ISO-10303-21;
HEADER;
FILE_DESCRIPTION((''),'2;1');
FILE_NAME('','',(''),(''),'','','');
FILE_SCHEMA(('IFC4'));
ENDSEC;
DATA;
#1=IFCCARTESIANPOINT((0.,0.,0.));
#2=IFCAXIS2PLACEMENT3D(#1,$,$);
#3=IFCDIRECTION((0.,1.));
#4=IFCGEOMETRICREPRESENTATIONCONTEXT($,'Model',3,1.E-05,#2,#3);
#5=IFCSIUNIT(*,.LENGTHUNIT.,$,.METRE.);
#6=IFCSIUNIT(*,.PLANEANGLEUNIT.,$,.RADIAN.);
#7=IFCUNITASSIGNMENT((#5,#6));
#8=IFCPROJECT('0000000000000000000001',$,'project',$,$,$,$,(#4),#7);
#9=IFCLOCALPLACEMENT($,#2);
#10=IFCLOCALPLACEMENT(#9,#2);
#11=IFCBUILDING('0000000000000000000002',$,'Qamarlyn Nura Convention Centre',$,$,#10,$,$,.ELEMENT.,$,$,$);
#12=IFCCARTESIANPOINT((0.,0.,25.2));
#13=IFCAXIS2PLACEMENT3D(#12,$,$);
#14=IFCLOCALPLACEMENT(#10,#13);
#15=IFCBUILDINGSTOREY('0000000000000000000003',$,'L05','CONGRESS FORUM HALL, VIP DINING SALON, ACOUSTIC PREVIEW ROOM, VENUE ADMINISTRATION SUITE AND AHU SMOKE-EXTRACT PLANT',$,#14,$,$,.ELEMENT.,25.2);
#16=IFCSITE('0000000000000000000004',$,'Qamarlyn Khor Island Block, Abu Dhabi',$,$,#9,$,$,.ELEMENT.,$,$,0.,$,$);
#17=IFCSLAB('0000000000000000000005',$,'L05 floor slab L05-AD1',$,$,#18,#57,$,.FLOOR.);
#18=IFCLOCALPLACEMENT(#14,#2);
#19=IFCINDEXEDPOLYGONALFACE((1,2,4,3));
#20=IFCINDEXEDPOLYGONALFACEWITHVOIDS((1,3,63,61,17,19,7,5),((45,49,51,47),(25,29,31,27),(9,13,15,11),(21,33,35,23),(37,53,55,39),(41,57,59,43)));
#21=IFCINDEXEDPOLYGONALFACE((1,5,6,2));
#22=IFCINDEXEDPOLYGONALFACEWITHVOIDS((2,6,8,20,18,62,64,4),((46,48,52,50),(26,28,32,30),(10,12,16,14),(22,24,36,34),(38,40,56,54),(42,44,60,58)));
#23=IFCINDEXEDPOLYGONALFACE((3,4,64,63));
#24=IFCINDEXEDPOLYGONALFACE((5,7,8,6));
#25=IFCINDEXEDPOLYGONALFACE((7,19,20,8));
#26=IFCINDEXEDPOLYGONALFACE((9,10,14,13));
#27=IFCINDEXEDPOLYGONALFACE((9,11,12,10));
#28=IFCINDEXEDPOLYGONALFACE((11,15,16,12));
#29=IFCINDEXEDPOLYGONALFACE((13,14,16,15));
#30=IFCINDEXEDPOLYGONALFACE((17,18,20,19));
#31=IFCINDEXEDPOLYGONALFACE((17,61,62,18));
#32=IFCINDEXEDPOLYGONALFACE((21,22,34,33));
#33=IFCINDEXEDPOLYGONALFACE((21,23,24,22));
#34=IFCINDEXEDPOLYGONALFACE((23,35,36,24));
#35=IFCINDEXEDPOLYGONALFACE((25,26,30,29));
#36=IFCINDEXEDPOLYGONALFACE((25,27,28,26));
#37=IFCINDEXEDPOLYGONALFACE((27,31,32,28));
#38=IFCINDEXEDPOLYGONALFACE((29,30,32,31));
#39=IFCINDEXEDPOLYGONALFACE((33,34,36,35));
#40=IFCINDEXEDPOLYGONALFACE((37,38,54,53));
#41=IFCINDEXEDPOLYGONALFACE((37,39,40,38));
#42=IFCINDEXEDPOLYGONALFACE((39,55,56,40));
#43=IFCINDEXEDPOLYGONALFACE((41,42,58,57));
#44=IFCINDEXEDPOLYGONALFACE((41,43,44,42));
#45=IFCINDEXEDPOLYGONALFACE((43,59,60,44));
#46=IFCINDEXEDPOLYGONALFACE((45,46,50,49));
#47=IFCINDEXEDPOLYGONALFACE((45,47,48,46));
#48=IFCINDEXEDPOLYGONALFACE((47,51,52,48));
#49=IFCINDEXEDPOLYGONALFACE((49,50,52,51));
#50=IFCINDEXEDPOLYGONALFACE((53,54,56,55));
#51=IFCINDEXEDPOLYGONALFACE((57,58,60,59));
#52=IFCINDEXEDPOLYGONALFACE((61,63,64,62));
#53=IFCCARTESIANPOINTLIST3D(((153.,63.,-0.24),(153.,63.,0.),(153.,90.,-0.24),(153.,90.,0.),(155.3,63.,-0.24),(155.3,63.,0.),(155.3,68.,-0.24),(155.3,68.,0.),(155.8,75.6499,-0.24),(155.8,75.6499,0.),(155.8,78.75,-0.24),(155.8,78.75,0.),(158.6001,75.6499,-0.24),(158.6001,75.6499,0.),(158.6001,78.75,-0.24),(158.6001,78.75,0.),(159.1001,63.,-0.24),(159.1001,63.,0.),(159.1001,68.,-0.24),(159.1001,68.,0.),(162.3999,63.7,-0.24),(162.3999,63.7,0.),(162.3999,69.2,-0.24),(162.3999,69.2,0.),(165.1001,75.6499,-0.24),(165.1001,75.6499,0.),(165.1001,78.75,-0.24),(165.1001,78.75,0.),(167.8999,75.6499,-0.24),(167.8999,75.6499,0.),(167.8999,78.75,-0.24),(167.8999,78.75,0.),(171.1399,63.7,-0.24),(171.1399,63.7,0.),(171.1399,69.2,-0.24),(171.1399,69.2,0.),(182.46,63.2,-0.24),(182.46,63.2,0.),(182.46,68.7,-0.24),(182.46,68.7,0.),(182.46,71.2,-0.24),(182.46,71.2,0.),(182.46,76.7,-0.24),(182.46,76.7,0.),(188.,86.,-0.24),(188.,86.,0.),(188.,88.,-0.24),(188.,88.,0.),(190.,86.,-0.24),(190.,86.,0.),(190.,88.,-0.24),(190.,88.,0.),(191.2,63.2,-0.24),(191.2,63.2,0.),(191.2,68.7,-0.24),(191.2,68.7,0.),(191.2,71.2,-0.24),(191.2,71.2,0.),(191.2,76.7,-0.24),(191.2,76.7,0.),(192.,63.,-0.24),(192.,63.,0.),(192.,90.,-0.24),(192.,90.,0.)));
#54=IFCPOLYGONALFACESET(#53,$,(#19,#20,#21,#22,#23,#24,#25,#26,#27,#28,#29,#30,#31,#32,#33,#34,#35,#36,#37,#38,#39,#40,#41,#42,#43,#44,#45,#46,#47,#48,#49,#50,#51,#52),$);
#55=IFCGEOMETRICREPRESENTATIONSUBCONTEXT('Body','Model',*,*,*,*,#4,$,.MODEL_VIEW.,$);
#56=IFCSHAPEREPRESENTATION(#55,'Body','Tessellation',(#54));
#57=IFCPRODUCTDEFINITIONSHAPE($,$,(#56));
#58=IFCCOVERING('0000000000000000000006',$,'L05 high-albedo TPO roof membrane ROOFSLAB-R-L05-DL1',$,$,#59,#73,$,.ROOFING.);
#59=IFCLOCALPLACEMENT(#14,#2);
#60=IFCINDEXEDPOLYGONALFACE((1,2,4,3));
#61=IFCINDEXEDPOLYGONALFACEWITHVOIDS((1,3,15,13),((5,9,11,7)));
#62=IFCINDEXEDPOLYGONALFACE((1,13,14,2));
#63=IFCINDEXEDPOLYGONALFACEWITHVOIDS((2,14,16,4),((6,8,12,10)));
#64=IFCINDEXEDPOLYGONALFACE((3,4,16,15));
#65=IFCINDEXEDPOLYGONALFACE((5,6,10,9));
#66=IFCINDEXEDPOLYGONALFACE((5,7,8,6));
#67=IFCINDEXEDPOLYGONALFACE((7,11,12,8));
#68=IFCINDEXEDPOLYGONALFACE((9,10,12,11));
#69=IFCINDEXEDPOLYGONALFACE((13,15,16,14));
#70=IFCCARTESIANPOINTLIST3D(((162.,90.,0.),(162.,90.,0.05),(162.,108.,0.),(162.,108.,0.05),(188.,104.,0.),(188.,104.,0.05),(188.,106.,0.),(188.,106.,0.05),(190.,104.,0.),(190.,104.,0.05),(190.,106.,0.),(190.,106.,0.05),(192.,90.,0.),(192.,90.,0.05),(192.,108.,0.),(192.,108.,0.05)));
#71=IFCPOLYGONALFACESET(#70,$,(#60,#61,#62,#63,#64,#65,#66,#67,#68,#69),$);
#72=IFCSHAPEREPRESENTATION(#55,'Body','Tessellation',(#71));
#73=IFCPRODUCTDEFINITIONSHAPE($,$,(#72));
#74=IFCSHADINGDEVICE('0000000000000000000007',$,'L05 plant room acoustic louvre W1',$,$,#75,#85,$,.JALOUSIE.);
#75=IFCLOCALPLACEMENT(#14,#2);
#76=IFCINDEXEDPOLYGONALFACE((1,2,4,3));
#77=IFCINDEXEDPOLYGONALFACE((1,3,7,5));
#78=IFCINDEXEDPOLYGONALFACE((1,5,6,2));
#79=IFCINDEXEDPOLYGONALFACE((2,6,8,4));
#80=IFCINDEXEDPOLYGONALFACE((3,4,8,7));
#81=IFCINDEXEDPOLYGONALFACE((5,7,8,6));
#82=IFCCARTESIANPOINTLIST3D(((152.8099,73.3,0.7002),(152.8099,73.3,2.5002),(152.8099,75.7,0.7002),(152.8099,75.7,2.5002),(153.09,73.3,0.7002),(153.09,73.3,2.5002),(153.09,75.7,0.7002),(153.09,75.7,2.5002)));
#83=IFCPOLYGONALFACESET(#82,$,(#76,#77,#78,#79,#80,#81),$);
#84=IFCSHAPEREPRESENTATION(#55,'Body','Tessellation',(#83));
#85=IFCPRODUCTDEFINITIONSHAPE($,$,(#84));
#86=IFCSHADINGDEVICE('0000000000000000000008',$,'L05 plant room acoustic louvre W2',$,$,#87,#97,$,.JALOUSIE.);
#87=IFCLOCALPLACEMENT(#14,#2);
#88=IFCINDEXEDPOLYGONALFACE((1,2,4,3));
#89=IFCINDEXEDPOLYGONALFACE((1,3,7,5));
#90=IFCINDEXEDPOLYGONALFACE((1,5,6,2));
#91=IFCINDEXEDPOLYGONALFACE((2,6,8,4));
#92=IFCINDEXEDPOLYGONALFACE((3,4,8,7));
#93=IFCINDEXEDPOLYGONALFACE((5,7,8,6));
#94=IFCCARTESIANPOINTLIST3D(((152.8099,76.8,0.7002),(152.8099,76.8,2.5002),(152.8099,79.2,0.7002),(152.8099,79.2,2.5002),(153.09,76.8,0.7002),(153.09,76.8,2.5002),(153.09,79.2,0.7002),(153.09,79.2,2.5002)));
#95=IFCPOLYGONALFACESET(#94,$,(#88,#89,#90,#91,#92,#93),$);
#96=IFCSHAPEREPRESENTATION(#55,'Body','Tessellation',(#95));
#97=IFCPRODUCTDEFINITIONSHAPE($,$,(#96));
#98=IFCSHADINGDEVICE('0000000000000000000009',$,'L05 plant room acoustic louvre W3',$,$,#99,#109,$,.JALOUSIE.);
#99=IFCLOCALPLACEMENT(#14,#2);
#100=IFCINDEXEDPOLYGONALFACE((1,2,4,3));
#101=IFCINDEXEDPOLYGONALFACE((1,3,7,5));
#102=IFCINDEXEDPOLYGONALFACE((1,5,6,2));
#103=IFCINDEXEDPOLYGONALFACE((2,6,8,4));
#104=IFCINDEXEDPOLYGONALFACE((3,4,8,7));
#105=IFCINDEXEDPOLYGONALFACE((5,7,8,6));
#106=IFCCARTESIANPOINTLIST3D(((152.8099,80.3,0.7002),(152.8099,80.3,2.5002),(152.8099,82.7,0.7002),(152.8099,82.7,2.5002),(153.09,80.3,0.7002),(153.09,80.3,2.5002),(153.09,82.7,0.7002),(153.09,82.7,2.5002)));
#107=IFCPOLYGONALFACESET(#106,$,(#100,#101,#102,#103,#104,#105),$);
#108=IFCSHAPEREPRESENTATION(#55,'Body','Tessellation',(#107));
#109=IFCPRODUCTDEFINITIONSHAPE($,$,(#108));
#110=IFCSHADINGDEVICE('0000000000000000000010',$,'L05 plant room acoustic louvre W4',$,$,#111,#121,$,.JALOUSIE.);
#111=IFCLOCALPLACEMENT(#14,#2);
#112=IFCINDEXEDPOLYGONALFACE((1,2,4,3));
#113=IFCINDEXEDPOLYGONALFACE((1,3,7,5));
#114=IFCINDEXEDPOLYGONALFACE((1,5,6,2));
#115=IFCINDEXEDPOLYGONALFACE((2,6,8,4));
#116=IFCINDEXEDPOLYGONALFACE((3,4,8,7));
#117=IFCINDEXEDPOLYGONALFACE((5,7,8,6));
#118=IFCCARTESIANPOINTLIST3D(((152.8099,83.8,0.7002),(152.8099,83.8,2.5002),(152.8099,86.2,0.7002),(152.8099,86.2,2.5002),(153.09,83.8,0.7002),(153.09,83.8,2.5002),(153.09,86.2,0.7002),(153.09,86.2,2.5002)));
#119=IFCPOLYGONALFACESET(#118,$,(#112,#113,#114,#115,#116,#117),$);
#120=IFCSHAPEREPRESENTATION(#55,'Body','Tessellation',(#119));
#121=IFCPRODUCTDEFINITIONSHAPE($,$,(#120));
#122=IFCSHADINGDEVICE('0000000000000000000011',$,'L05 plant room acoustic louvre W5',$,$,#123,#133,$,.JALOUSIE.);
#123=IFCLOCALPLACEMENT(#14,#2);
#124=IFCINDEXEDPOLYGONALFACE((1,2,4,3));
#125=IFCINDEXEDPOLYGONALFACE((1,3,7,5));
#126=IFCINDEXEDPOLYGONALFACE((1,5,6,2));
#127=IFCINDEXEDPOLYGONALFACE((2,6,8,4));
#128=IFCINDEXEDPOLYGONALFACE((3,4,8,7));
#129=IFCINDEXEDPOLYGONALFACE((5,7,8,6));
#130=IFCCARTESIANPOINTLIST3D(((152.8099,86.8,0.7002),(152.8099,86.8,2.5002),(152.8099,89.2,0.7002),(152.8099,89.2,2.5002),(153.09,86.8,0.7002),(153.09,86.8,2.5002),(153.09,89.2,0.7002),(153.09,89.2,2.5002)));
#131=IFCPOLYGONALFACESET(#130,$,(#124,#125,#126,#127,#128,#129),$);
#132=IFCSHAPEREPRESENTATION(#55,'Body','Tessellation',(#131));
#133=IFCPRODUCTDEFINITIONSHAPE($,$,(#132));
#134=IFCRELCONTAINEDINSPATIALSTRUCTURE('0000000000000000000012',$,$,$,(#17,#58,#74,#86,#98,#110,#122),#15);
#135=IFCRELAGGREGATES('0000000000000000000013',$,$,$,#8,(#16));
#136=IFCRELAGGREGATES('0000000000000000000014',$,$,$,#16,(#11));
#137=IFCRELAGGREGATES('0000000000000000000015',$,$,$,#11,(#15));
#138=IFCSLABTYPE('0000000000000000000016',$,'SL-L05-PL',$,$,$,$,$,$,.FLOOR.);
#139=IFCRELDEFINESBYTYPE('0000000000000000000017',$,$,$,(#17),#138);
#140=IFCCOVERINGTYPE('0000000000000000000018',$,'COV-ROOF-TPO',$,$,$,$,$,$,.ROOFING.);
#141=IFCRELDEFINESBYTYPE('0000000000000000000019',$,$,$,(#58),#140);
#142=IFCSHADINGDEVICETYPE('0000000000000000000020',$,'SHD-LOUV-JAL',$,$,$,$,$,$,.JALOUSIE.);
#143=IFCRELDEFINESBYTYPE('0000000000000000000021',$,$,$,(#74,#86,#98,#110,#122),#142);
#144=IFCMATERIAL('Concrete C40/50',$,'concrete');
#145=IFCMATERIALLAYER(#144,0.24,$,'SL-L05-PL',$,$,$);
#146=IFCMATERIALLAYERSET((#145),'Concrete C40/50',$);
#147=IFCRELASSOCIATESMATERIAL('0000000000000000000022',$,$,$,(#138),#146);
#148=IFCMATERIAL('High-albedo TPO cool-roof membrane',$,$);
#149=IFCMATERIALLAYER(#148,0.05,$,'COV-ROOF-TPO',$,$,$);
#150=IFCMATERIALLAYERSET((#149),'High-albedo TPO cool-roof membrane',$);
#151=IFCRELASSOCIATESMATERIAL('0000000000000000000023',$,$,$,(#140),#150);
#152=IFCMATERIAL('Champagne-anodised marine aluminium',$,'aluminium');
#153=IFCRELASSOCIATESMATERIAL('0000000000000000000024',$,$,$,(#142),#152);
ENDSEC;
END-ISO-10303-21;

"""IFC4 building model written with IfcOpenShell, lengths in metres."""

from ifc_helpers import new_model, si_unit, direction, frame, origin, origin_2d, place, context, subcontext, project, spatial, polyline, rectangle, outline, extrude, material, layer, layer_set, type_object, element, save


model = new_model("IFC4")

# Units and contexts
model_context = context("Model", 3, precision=1e-05, world=origin(), true_north=direction((0.0, 1.0)))
body_context = subcontext(model_context, "Body", "Model", "MODEL_VIEW")
ifc_project = project(units=[si_unit("LENGTHUNIT", "METRE"), si_unit("PLANEANGLEUNIT", "RADIAN")], contexts=[model_context])

# Site, building, storey
site_placement = place(None, origin())
site = spatial("IfcSite", under=ifc_project, at=site_placement, Name="Qamarlyn Khor Island Block, Abu Dhabi", CompositionType="ELEMENT", RefElevation=0.0)
building_placement = place(site_placement, origin())
building = spatial("IfcBuilding", under=site, at=building_placement, Name="Qamarlyn Nura Convention Centre", CompositionType="ELEMENT")
storey_placement = place(building_placement, frame((0.0, 0.0, 25.2)))
storey = spatial("IfcBuildingStorey", under=building, at=storey_placement, Name="L05", Description="CONGRESS FORUM HALL, VIP DINING SALON, ACOUSTIC PREVIEW ROOM, VENUE ADMINISTRATION SUITE AND AHU SMOKE-EXTRACT PLANT", CompositionType="ELEMENT", Elevation=25.2)

# Shared definitions
ifc_material_1 = material(Name="Concrete C40/50", Category="concrete")

# Slab
ifc_layer_1 = layer(ifc_material_1, 0.24, Name="SL-L05-PL")
ifc_layer_set_1 = layer_set([ifc_layer_1], Name="Concrete C40/50")
slab_type_1 = type_object("IfcSlabType", Name="SL-L05-PL", PredefinedType="FLOOR", material=ifc_layer_set_1)
slab_1_placement = place(storey_placement, frame((0.0, 0.0, -0.24)))
element("IfcSlab", 1, at=slab_1_placement, inside=storey, type_object=slab_type_1, Name="L05 floor slab L05-AD1", PredefinedType="FLOOR", context=body_context, shape_type="SweptSolid", body=[
    extrude(outline(polyline([(153.0, 90.0), (192.0, 90.0), (192.0, 63.0), (159.1001, 63.0), (159.1001, 68.0), (155.3, 68.0), (155.3, 63.0), (153.0, 63.0), (153.0, 90.0)]), holes=[polyline([(188.0, 88.0), (188.0, 86.0), (190.0, 86.0), (190.0, 88.0), (188.0, 88.0)]), polyline([(162.3999, 69.2), (162.3999, 63.7), (171.1399, 63.7), (171.1399, 69.2), (162.3999, 69.2)]), polyline([(158.6001, 78.75), (155.8, 78.75), (155.8, 75.6499), (158.6001, 75.6499), (158.6001, 78.75)]), polyline([(167.8999, 78.75), (165.1001, 78.75), (165.1001, 75.6499), (167.8999, 75.6499), (167.8999, 78.75)]), polyline([(191.2, 63.2), (191.2, 68.7), (182.46, 68.7), (182.46, 63.2), (191.2, 63.2)]), polyline([(191.2, 71.2), (191.2, 76.7), (182.46, 76.7), (182.46, 71.2), (191.2, 71.2)])]), origin(), (0.0, 0.0, 1.0), 0.24),
])

# Covering
ifc_material_2 = material(Name="High-albedo TPO cool-roof membrane")
ifc_layer_2 = layer(ifc_material_2, 0.05, Name="COV-ROOF-TPO")
ifc_layer_set_2 = layer_set([ifc_layer_2], Name="High-albedo TPO cool-roof membrane")
covering_type = type_object("IfcCoveringType", Name="COV-ROOF-TPO", PredefinedType="ROOFING", material=ifc_layer_set_2)
covering_placement = place(storey_placement, origin())
element("IfcCovering", 2, at=covering_placement, inside=storey, type_object=covering_type, Name="L05 high-albedo TPO roof membrane ROOFSLAB-R-L05-DL1", PredefinedType="ROOFING", context=body_context, shape_type="SweptSolid", body=[
    extrude(outline(polyline([(162.0, 90.0), (162.0, 108.0), (192.0, 108.0), (192.0, 90.0), (162.0, 90.0)]), holes=[polyline([(190.0, 106.0), (188.0, 106.0), (188.0, 104.0), (190.0, 104.0), (190.0, 106.0)])]), origin(), (0.0, 0.0, 1.0), 0.05),
])

# Shading devices
ifc_material_3 = material(Name="Champagne-anodised marine aluminium", Category="aluminium")
shading_device_type = type_object("IfcShadingDeviceType", Name="SHD-LOUV-JAL", PredefinedType="JALOUSIE", material=ifc_material_3)
for number, where, z_axis, x_axis, name in (
    (3, (152.95, 74.5, 0.7002), (0.0, 0.0, 1.0), (1.0, 0.0, 0.0), "L05 plant room acoustic louvre W1"),
    (4, (152.95, 78.0, 0.7002), (0.0, 0.0, 1.0), (1.0, 0.0, 0.0), "L05 plant room acoustic louvre W2"),
    (5, (152.95, 81.5, 0.7002), (0.0, 0.0, 1.0), (1.0, 0.0, 0.0), "L05 plant room acoustic louvre W3"),
    (6, (152.95, 85.0, 0.7002), (0.0, 0.0, 1.0), (1.0, 0.0, 0.0), "L05 plant room acoustic louvre W4"),
    (7, (152.95, 88.0, 0.7002), (0.0, 0.0, 1.0), (1.0, 0.0, 0.0), "L05 plant room acoustic louvre W5"),
):
    element("IfcShadingDevice", number, at=place(storey_placement, frame(where, z_axis=z_axis, x_axis=x_axis)), inside=storey, type_object=shading_device_type, Name=name, PredefinedType="JALOUSIE", context=body_context, shape_type="SweptSolid", body=[
        extrude(rectangle(XDim=0.28, YDim=2.3999, at=origin_2d()), origin(), (0.0, 0.0, 1.0), 1.8),
    ])

save(model, "model.ifc")
